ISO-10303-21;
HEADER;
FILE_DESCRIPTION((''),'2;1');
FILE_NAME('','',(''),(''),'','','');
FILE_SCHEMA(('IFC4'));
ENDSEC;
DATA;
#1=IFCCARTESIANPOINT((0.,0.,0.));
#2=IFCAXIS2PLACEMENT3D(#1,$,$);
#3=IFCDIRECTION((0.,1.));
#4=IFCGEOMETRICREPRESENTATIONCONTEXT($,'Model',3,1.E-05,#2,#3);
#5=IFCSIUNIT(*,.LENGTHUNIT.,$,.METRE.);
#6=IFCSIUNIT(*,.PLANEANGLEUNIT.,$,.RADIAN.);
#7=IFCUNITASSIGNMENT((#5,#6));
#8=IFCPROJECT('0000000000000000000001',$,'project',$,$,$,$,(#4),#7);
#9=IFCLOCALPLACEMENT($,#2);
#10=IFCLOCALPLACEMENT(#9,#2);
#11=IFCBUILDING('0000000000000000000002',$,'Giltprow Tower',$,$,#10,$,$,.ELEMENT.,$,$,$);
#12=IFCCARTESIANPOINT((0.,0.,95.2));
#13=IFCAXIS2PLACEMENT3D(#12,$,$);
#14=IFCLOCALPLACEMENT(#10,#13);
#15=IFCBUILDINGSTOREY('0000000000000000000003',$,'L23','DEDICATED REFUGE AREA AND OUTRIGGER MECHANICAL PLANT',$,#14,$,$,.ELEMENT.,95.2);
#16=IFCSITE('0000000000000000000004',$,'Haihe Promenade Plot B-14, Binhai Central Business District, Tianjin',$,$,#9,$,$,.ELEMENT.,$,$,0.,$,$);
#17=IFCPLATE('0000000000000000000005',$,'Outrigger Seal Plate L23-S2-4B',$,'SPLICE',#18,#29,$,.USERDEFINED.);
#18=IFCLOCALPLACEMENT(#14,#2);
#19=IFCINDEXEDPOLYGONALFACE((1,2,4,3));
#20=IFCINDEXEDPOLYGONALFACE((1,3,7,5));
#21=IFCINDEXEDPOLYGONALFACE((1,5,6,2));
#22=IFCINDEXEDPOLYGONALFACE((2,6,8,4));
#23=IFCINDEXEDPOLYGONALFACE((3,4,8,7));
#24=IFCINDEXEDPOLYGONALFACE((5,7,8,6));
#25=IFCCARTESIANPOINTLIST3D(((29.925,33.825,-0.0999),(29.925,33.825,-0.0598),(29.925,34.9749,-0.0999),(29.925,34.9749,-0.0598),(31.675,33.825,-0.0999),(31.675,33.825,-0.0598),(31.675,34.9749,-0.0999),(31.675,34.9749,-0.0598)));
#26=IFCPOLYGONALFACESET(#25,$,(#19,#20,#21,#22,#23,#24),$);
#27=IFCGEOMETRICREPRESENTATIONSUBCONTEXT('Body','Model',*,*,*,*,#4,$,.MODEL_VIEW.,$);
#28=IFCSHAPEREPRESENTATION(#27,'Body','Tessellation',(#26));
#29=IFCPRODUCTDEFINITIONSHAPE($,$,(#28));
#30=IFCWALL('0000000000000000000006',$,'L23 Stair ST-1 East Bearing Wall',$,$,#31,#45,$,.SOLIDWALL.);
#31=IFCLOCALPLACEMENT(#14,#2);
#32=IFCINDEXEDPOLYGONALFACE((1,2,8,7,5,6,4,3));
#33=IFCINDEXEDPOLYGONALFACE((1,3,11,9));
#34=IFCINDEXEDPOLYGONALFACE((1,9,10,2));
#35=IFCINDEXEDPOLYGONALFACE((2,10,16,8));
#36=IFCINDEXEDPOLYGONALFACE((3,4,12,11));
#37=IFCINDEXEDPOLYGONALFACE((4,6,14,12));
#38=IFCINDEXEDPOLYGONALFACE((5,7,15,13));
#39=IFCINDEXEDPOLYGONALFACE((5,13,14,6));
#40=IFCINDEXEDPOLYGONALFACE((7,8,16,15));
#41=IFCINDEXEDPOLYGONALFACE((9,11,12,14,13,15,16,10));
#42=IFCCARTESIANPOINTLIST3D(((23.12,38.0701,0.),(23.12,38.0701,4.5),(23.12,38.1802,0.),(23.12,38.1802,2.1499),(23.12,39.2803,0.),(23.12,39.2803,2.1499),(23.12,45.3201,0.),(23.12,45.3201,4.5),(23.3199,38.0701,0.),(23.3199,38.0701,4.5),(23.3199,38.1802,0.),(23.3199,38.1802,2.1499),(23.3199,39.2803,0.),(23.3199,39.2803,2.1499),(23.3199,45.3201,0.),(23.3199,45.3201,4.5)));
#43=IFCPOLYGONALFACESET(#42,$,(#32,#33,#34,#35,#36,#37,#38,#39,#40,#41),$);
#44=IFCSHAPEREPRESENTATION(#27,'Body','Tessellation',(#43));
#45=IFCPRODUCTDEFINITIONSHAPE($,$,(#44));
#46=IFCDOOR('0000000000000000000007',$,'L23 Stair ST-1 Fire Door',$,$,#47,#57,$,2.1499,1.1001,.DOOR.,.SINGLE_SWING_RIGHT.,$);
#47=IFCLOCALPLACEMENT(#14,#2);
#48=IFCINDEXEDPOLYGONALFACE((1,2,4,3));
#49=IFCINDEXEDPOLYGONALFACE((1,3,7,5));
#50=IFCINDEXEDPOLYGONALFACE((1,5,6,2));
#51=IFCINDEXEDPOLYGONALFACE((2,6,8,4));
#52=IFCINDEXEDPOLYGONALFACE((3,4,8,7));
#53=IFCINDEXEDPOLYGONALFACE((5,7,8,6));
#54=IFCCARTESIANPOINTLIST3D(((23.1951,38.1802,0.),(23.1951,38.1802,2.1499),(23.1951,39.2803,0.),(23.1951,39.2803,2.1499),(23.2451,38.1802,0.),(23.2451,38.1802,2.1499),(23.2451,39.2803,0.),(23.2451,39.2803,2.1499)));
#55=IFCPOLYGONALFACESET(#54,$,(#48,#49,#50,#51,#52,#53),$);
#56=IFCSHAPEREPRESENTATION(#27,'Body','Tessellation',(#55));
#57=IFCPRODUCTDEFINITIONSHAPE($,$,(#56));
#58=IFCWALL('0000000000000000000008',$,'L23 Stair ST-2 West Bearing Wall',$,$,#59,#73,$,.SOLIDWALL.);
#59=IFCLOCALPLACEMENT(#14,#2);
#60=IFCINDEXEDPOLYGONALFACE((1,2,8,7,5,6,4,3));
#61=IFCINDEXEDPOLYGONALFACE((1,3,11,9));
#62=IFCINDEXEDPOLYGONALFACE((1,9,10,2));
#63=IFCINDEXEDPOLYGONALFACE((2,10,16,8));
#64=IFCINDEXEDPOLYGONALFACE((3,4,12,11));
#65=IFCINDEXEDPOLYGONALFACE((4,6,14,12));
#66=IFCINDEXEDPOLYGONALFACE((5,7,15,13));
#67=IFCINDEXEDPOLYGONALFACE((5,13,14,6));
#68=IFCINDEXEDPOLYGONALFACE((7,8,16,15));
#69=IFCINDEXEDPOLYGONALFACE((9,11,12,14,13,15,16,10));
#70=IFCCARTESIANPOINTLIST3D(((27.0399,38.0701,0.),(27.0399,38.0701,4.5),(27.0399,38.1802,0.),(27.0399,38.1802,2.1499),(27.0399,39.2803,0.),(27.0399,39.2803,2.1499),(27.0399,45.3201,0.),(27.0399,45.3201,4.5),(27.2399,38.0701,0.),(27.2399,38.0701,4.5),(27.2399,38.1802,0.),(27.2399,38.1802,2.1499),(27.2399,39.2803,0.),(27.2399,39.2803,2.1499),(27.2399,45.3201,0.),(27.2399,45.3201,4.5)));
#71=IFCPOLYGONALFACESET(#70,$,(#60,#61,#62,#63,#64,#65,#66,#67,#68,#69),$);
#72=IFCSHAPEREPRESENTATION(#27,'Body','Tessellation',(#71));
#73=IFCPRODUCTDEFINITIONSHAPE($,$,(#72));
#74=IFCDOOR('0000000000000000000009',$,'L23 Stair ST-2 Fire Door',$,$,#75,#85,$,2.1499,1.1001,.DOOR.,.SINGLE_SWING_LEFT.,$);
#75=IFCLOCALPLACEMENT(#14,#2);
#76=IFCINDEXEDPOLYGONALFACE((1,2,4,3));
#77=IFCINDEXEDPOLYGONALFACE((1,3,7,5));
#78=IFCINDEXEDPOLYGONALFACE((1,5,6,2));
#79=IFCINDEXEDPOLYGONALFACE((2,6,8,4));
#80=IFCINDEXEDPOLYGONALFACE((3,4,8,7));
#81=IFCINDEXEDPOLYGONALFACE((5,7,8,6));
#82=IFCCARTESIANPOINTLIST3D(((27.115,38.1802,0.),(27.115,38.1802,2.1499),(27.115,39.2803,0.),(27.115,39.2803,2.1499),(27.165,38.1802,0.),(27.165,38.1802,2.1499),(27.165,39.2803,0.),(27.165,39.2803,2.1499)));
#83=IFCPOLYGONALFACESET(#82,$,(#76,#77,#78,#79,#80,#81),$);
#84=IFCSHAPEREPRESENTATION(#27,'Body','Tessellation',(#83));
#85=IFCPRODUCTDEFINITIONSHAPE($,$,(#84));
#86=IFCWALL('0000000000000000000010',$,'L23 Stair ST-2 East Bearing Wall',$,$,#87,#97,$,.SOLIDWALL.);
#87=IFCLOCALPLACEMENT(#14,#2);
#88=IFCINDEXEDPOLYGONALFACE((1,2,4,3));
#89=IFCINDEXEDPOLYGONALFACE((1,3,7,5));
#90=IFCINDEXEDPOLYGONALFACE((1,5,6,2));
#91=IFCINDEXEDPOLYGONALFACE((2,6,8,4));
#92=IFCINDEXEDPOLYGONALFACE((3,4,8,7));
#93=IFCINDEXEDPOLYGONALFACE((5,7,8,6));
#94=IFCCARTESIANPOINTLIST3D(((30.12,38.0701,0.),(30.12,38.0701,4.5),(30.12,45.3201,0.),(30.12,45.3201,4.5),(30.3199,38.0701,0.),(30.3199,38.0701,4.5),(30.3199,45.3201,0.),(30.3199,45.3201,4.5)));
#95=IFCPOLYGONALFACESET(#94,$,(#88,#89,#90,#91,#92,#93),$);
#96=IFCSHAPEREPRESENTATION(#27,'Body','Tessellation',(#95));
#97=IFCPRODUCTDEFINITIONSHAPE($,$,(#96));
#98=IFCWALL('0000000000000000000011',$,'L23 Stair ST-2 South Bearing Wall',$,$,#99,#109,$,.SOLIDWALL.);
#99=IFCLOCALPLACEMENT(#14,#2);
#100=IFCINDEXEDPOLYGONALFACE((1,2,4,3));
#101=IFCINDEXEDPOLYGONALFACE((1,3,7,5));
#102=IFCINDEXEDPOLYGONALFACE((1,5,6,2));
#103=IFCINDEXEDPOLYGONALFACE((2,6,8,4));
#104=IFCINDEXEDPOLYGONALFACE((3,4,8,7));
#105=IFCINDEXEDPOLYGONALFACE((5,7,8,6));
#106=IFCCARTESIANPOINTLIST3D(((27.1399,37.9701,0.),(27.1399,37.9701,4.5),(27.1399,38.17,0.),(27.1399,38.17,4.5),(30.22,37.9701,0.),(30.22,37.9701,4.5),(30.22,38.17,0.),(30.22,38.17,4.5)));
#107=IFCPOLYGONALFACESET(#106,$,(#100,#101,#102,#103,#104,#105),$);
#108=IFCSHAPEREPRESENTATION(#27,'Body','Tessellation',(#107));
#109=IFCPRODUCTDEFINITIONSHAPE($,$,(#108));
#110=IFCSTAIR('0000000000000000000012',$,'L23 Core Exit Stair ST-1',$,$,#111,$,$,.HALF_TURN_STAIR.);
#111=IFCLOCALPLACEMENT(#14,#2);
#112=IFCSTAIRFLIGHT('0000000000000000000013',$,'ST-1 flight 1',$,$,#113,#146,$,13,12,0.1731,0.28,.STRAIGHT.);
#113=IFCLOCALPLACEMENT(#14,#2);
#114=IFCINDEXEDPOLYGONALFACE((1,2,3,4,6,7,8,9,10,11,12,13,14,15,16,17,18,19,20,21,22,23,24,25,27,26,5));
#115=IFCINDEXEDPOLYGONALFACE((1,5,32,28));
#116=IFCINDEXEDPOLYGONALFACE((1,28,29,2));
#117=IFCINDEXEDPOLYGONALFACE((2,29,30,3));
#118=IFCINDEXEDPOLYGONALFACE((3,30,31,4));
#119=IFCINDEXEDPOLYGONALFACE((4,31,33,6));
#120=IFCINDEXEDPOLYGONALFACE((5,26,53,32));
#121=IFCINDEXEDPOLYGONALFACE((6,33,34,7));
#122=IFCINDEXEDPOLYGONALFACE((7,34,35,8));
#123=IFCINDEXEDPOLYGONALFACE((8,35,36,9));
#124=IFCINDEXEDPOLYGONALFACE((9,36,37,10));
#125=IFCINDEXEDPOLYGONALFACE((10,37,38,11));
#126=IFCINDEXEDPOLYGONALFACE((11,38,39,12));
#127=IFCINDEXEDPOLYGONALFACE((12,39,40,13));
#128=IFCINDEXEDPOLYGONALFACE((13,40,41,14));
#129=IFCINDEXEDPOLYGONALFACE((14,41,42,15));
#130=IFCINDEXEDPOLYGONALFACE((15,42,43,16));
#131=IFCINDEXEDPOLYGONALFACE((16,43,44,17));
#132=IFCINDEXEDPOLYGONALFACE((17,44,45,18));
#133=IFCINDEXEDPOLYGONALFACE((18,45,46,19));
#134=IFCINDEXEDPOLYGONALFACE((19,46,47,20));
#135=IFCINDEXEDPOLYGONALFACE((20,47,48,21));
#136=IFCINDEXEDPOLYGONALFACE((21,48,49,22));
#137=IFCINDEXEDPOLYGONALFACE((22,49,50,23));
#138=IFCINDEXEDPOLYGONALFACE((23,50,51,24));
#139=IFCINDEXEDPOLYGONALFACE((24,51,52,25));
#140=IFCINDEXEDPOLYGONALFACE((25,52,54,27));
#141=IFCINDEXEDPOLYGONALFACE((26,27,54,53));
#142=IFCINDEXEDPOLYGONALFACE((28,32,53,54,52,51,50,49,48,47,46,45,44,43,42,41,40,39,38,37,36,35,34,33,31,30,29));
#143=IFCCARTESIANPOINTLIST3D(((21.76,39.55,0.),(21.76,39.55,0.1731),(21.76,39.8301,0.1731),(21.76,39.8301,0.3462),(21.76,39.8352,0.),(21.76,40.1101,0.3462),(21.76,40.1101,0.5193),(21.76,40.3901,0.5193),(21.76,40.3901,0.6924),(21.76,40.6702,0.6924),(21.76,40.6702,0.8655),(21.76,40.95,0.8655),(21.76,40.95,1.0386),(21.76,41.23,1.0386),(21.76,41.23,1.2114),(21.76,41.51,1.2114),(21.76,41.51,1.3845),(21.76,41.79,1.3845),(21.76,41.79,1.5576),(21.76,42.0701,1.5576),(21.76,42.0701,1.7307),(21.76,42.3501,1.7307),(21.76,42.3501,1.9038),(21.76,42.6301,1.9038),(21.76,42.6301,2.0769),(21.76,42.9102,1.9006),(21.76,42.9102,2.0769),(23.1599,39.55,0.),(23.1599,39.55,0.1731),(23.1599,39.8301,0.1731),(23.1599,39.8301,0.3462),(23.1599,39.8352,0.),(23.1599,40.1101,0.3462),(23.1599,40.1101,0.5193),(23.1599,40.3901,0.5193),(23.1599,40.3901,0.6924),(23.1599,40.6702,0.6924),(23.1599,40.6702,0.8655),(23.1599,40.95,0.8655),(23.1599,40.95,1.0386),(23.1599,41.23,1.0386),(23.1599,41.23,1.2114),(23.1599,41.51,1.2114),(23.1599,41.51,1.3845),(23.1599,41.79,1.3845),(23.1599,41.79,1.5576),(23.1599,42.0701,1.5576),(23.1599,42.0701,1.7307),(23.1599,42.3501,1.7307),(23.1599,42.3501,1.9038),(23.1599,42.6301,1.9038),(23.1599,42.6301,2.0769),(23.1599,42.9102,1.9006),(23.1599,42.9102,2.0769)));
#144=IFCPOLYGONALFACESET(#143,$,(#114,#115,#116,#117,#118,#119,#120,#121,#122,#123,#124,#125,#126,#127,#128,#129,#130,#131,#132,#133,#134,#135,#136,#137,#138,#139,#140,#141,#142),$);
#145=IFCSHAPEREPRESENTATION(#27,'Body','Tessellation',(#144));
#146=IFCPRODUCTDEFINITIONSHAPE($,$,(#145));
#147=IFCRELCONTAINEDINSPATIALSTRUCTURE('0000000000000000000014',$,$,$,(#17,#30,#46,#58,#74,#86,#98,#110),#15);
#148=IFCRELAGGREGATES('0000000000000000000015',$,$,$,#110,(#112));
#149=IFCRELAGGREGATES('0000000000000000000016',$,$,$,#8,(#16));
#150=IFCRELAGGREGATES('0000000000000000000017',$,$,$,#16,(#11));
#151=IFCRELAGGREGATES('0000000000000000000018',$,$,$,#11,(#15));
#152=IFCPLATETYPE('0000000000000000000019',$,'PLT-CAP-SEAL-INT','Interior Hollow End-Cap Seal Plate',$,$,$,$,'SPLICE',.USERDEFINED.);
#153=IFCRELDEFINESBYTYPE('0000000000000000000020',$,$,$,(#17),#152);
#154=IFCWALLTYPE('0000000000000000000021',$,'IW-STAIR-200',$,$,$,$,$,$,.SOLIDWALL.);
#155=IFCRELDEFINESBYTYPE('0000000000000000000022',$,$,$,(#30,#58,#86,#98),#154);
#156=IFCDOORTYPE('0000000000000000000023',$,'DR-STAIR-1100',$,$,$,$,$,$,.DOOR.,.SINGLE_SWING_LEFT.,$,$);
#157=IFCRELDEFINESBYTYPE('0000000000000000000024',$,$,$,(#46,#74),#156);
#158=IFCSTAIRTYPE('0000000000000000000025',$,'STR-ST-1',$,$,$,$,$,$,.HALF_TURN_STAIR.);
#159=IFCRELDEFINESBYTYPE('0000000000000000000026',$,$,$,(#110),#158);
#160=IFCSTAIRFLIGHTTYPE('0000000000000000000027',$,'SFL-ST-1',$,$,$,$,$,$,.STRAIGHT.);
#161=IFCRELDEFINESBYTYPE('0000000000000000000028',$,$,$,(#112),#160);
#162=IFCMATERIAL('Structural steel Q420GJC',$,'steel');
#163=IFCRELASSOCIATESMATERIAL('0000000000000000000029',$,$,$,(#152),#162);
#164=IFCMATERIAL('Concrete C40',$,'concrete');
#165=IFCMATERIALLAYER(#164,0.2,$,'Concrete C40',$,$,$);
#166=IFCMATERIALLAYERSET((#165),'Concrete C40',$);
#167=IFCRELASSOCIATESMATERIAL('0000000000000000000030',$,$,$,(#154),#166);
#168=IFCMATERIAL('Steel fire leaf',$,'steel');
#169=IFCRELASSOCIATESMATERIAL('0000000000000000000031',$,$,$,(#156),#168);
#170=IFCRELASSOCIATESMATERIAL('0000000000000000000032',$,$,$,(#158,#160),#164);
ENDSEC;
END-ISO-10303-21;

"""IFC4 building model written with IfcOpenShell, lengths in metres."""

from ifc_helpers import new_model, si_unit, direction, frame, frame_2d, origin, origin_2d, place, context, subcontext, project, spatial, polyline, rectangle, outline, extrude, source, transform, mapped, material, layer, layer_set, type_object, element, fill, aggregate, save


model = new_model("IFC4")

# Units and contexts
model_context = context("Model", 3, precision=1e-05, world=origin(), true_north=direction((0.0, 1.0)))
body_context = subcontext(model_context, "Body", "Model", "MODEL_VIEW")
ifc_project = project(units=[si_unit("LENGTHUNIT", "METRE"), si_unit("PLANEANGLEUNIT", "RADIAN")], contexts=[model_context])

# Site, building, storey
site_placement = place(None, origin())
site = spatial("IfcSite", under=ifc_project, at=site_placement, Name="Haihe Promenade Plot B-14, Binhai Central Business District, Tianjin", CompositionType="ELEMENT", RefElevation=0.0)
building_placement = place(site_placement, origin())
building = spatial("IfcBuilding", under=site, at=building_placement, Name="Giltprow Tower", CompositionType="ELEMENT")
storey_placement = place(building_placement, frame((0.0, 0.0, 95.2)))
storey = spatial("IfcBuildingStorey", under=building, at=storey_placement, Name="L23", Description="DEDICATED REFUGE AREA AND OUTRIGGER MECHANICAL PLANT", CompositionType="ELEMENT", Elevation=95.2)

# Shared definitions
ifc_material_1 = material(Name="Structural steel Q420GJC", Category="steel")

# Plate
plate_type = type_object("IfcPlateType", Name="PLT-CAP-SEAL-INT", Description="Interior Hollow End-Cap Seal Plate", ElementType="SPLICE", PredefinedType="USERDEFINED", material=ifc_material_1)
shared_shape_1 = source(origin(), body_context, "Body", "SweptSolid", [
    extrude(rectangle(XDim=1.75, YDim=1.1499, at=origin_2d()), origin(), (0.0, 0.0, 1.0), 0.04),
])
for number, where, z_axis, x_axis, name in (
    (1, (30.8, 34.3999, -0.0999), (0.0, 0.0, 1.0), (1.0, 0.0, 0.0), "Outrigger Seal Plate L23-S2-4B"),
):
    element("IfcPlate", number, at=place(storey_placement, frame(where, z_axis=z_axis, x_axis=x_axis)), inside=storey, type_object=plate_type, Name=name, ObjectType="SPLICE", PredefinedType="USERDEFINED", context=body_context, shape_type="MappedRepresentation", body=[
        mapped(shared_shape_1, transform((0.0, 0.0, 0.0), x_axis=(1.0, 0.0, 0.0), y_axis=(0.0, 1.0, 0.0), z_axis=(0.0, 0.0, 1.0), scale=1.0)),
    ])

# Walls, openings, doors
ifc_material_2 = material(Name="Concrete C40", Category="concrete")
ifc_layer = layer(ifc_material_2, 0.2, Name="Concrete C40")
ifc_layer_set = layer_set([ifc_layer], Name="Concrete C40")
wall_type = type_object("IfcWallType", Name="IW-STAIR-200", PredefinedType="SOLIDWALL", material=ifc_layer_set)
wall_1_placement = place(storey_placement, frame((23.22, 38.0701, 0.0), z_axis=(0.0, 0.0, 1.0), x_axis=(0.0, 1.0, 0.0)))
wall_1 = element("IfcWall", 2, at=wall_1_placement, inside=storey, type_object=wall_type, Name="L23 Stair ST-1 East Bearing Wall", PredefinedType="SOLIDWALL", context=body_context, shape_type="SweptSolid", body=[
    extrude(rectangle(XDim=7.25, YDim=0.2, at=frame_2d((3.625, 0.0))), origin(), (0.0, 0.0, 1.0), 4.5),
])
opening_1_placement = place(wall_1_placement, frame((0.1101, 0.0, 0.0)))
opening_1 = element("IfcOpeningElement", 3, at=opening_1_placement, cuts=wall_1, PredefinedType="OPENING", context=body_context, shape_type="SweptSolid", body=[
    extrude(rectangle(XDim=1.1001, YDim=2.1499, at=frame_2d((0.55, 1.075))), frame((0.0, 0.1099, 0.0), z_axis=(0.0, -1.0, 0.0), x_axis=(1.0, 0.0, 0.0)), (0.0, 0.0, 1.0), 0.22),
])
ifc_material_3 = material(Name="Steel fire leaf", Category="steel")
door_type = type_object("IfcDoorType", Name="DR-STAIR-1100", OperationType="SINGLE_SWING_LEFT", PredefinedType="DOOR", material=ifc_material_3)
shared_shape_2 = source(origin(), body_context, "Body", "SweptSolid", [
    extrude(rectangle(XDim=1.1001, YDim=2.1499, at=frame_2d((0.55, 1.075))), frame((0.0, 0.0249, 0.0), z_axis=(0.0, -1.0, 0.0), x_axis=(1.0, 0.0, 0.0)), (0.0, 0.0, 1.0), 0.05),
])
door_1_placement = place(opening_1_placement, origin())
door_1 = element("IfcDoor", 4, at=door_1_placement, inside=storey, type_object=door_type, Name="L23 Stair ST-1 Fire Door", OperationType="SINGLE_SWING_RIGHT", OverallHeight=2.1499, OverallWidth=1.1001, PredefinedType="DOOR", context=body_context, shape_type="MappedRepresentation", body=[
    mapped(shared_shape_2, transform((0.0, 0.0, 0.0), x_axis=(1.0, 0.0, 0.0), y_axis=(0.0, 1.0, 0.0), z_axis=(0.0, 0.0, 1.0), scale=1.0)),
])
fill(opening_1, door_1)
wall_2_placement = place(storey_placement, frame((27.1399, 38.0701, 0.0), z_axis=(0.0, 0.0, 1.0), x_axis=(0.0, 1.0, 0.0)))
wall_2 = element("IfcWall", 5, at=wall_2_placement, inside=storey, type_object=wall_type, Name="L23 Stair ST-2 West Bearing Wall", PredefinedType="SOLIDWALL", context=body_context, shape_type="SweptSolid", body=[
    extrude(rectangle(XDim=7.25, YDim=0.2, at=frame_2d((3.625, 0.0))), origin(), (0.0, 0.0, 1.0), 4.5),
])
opening_2_placement = place(wall_2_placement, frame((0.1101, 0.0, 0.0)))
opening_2 = element("IfcOpeningElement", 6, at=opening_2_placement, cuts=wall_2, PredefinedType="OPENING", context=body_context, shape_type="SweptSolid", body=[
    extrude(rectangle(XDim=1.1001, YDim=2.1499, at=frame_2d((0.55, 1.075))), frame((0.0, 0.1099, 0.0), z_axis=(0.0, -1.0, 0.0), x_axis=(1.0, 0.0, 0.0)), (0.0, 0.0, 1.0), 0.22),
])
door_2_placement = place(opening_2_placement, origin())
door_2 = element("IfcDoor", 7, at=door_2_placement, inside=storey, type_object=door_type, Name="L23 Stair ST-2 Fire Door", OperationType="SINGLE_SWING_LEFT", OverallHeight=2.1499, OverallWidth=1.1001, PredefinedType="DOOR", context=body_context, shape_type="MappedRepresentation", body=[
    mapped(shared_shape_2, transform((0.0, 0.0, 0.0), x_axis=(1.0, 0.0, 0.0), y_axis=(0.0, 1.0, 0.0), z_axis=(0.0, 0.0, 1.0), scale=1.0)),
])
fill(opening_2, door_2)

# Walls
wall_3_placement = place(storey_placement, frame((30.22, 38.0701, 0.0), z_axis=(0.0, 0.0, 1.0), x_axis=(0.0, 1.0, 0.0)))
element("IfcWall", 8, at=wall_3_placement, inside=storey, type_object=wall_type, Name="L23 Stair ST-2 East Bearing Wall", PredefinedType="SOLIDWALL", context=body_context, shape_type="SweptSolid", body=[
    extrude(rectangle(XDim=7.25, YDim=0.2, at=frame_2d((3.625, 0.0))), origin(), (0.0, 0.0, 1.0), 4.5),
])
wall_4_placement = place(storey_placement, frame((27.1399, 38.0701, 0.0), z_axis=(0.0, 0.0, 1.0), x_axis=(1.0, 0.0, 0.0)))
element("IfcWall", 9, at=wall_4_placement, inside=storey, type_object=wall_type, Name="L23 Stair ST-2 South Bearing Wall", PredefinedType="SOLIDWALL", context=body_context, shape_type="SweptSolid", body=[
    extrude(rectangle(XDim=3.0801, YDim=0.2, at=frame_2d((1.54, 0.0))), origin(), (0.0, 0.0, 1.0), 4.5),
])

# Stair, stair flight
stair_type = type_object("IfcStairType", Name="STR-ST-1", PredefinedType="HALF_TURN_STAIR", material=ifc_material_2)
stair_placement = place(storey_placement, origin())
stair = element("IfcStair", 10, at=stair_placement, inside=storey, type_object=stair_type, Name="L23 Core Exit Stair ST-1", PredefinedType="HALF_TURN_STAIR")
stair_flight_type = type_object("IfcStairFlightType", Name="SFL-ST-1", PredefinedType="STRAIGHT", material=ifc_material_2)
stair_flight_placement = place(storey_placement, frame((22.46, 39.55, 0.0), z_axis=(0.0, 0.0, 1.0), x_axis=(0.0, 1.0, 0.0)))
stair_flight = element("IfcStairFlight", 11, at=stair_flight_placement, type_object=stair_flight_type, Name="ST-1 flight 1", NumberOfRisers=13, NumberOfTreads=12, PredefinedType="STRAIGHT", RiserHeight=0.1731, TreadLength=0.28, context=body_context, shape_type="SweptSolid", body=[
    extrude(outline(polyline([(0.0, 0.0), (0.0, 0.1731), (0.28, 0.1731), (0.28, 0.3462), (0.5601, 0.3462), (0.5601, 0.5193), (0.8401, 0.5193), (0.8401, 0.6924), (1.1201, 0.6924), (1.1201, 0.8655), (1.3999, 0.8655), (1.3999, 1.0386), (1.6799, 1.0386), (1.6799, 1.2114), (1.96, 1.2114), (1.96, 1.3845), (2.24, 1.3845), (2.24, 1.5576), (2.52, 1.5576), (2.52, 1.7307), (2.8, 1.7307), (2.8, 1.9038), (3.0801, 1.9038), (3.0801, 2.0769), (3.3601, 2.0769), (3.3601, 2.25), (3.3601, 1.9006), (0.2852, 0.0), (0.0, 0.0)])), frame((0.0, 0.7, 0.0), z_axis=(0.0, -1.0, 0.0), x_axis=(1.0, 0.0, 0.0)), (0.0, 0.0, 1.0), 1.3999),
])
aggregate(stair, [stair_flight])

save(model, "model.ifc")
